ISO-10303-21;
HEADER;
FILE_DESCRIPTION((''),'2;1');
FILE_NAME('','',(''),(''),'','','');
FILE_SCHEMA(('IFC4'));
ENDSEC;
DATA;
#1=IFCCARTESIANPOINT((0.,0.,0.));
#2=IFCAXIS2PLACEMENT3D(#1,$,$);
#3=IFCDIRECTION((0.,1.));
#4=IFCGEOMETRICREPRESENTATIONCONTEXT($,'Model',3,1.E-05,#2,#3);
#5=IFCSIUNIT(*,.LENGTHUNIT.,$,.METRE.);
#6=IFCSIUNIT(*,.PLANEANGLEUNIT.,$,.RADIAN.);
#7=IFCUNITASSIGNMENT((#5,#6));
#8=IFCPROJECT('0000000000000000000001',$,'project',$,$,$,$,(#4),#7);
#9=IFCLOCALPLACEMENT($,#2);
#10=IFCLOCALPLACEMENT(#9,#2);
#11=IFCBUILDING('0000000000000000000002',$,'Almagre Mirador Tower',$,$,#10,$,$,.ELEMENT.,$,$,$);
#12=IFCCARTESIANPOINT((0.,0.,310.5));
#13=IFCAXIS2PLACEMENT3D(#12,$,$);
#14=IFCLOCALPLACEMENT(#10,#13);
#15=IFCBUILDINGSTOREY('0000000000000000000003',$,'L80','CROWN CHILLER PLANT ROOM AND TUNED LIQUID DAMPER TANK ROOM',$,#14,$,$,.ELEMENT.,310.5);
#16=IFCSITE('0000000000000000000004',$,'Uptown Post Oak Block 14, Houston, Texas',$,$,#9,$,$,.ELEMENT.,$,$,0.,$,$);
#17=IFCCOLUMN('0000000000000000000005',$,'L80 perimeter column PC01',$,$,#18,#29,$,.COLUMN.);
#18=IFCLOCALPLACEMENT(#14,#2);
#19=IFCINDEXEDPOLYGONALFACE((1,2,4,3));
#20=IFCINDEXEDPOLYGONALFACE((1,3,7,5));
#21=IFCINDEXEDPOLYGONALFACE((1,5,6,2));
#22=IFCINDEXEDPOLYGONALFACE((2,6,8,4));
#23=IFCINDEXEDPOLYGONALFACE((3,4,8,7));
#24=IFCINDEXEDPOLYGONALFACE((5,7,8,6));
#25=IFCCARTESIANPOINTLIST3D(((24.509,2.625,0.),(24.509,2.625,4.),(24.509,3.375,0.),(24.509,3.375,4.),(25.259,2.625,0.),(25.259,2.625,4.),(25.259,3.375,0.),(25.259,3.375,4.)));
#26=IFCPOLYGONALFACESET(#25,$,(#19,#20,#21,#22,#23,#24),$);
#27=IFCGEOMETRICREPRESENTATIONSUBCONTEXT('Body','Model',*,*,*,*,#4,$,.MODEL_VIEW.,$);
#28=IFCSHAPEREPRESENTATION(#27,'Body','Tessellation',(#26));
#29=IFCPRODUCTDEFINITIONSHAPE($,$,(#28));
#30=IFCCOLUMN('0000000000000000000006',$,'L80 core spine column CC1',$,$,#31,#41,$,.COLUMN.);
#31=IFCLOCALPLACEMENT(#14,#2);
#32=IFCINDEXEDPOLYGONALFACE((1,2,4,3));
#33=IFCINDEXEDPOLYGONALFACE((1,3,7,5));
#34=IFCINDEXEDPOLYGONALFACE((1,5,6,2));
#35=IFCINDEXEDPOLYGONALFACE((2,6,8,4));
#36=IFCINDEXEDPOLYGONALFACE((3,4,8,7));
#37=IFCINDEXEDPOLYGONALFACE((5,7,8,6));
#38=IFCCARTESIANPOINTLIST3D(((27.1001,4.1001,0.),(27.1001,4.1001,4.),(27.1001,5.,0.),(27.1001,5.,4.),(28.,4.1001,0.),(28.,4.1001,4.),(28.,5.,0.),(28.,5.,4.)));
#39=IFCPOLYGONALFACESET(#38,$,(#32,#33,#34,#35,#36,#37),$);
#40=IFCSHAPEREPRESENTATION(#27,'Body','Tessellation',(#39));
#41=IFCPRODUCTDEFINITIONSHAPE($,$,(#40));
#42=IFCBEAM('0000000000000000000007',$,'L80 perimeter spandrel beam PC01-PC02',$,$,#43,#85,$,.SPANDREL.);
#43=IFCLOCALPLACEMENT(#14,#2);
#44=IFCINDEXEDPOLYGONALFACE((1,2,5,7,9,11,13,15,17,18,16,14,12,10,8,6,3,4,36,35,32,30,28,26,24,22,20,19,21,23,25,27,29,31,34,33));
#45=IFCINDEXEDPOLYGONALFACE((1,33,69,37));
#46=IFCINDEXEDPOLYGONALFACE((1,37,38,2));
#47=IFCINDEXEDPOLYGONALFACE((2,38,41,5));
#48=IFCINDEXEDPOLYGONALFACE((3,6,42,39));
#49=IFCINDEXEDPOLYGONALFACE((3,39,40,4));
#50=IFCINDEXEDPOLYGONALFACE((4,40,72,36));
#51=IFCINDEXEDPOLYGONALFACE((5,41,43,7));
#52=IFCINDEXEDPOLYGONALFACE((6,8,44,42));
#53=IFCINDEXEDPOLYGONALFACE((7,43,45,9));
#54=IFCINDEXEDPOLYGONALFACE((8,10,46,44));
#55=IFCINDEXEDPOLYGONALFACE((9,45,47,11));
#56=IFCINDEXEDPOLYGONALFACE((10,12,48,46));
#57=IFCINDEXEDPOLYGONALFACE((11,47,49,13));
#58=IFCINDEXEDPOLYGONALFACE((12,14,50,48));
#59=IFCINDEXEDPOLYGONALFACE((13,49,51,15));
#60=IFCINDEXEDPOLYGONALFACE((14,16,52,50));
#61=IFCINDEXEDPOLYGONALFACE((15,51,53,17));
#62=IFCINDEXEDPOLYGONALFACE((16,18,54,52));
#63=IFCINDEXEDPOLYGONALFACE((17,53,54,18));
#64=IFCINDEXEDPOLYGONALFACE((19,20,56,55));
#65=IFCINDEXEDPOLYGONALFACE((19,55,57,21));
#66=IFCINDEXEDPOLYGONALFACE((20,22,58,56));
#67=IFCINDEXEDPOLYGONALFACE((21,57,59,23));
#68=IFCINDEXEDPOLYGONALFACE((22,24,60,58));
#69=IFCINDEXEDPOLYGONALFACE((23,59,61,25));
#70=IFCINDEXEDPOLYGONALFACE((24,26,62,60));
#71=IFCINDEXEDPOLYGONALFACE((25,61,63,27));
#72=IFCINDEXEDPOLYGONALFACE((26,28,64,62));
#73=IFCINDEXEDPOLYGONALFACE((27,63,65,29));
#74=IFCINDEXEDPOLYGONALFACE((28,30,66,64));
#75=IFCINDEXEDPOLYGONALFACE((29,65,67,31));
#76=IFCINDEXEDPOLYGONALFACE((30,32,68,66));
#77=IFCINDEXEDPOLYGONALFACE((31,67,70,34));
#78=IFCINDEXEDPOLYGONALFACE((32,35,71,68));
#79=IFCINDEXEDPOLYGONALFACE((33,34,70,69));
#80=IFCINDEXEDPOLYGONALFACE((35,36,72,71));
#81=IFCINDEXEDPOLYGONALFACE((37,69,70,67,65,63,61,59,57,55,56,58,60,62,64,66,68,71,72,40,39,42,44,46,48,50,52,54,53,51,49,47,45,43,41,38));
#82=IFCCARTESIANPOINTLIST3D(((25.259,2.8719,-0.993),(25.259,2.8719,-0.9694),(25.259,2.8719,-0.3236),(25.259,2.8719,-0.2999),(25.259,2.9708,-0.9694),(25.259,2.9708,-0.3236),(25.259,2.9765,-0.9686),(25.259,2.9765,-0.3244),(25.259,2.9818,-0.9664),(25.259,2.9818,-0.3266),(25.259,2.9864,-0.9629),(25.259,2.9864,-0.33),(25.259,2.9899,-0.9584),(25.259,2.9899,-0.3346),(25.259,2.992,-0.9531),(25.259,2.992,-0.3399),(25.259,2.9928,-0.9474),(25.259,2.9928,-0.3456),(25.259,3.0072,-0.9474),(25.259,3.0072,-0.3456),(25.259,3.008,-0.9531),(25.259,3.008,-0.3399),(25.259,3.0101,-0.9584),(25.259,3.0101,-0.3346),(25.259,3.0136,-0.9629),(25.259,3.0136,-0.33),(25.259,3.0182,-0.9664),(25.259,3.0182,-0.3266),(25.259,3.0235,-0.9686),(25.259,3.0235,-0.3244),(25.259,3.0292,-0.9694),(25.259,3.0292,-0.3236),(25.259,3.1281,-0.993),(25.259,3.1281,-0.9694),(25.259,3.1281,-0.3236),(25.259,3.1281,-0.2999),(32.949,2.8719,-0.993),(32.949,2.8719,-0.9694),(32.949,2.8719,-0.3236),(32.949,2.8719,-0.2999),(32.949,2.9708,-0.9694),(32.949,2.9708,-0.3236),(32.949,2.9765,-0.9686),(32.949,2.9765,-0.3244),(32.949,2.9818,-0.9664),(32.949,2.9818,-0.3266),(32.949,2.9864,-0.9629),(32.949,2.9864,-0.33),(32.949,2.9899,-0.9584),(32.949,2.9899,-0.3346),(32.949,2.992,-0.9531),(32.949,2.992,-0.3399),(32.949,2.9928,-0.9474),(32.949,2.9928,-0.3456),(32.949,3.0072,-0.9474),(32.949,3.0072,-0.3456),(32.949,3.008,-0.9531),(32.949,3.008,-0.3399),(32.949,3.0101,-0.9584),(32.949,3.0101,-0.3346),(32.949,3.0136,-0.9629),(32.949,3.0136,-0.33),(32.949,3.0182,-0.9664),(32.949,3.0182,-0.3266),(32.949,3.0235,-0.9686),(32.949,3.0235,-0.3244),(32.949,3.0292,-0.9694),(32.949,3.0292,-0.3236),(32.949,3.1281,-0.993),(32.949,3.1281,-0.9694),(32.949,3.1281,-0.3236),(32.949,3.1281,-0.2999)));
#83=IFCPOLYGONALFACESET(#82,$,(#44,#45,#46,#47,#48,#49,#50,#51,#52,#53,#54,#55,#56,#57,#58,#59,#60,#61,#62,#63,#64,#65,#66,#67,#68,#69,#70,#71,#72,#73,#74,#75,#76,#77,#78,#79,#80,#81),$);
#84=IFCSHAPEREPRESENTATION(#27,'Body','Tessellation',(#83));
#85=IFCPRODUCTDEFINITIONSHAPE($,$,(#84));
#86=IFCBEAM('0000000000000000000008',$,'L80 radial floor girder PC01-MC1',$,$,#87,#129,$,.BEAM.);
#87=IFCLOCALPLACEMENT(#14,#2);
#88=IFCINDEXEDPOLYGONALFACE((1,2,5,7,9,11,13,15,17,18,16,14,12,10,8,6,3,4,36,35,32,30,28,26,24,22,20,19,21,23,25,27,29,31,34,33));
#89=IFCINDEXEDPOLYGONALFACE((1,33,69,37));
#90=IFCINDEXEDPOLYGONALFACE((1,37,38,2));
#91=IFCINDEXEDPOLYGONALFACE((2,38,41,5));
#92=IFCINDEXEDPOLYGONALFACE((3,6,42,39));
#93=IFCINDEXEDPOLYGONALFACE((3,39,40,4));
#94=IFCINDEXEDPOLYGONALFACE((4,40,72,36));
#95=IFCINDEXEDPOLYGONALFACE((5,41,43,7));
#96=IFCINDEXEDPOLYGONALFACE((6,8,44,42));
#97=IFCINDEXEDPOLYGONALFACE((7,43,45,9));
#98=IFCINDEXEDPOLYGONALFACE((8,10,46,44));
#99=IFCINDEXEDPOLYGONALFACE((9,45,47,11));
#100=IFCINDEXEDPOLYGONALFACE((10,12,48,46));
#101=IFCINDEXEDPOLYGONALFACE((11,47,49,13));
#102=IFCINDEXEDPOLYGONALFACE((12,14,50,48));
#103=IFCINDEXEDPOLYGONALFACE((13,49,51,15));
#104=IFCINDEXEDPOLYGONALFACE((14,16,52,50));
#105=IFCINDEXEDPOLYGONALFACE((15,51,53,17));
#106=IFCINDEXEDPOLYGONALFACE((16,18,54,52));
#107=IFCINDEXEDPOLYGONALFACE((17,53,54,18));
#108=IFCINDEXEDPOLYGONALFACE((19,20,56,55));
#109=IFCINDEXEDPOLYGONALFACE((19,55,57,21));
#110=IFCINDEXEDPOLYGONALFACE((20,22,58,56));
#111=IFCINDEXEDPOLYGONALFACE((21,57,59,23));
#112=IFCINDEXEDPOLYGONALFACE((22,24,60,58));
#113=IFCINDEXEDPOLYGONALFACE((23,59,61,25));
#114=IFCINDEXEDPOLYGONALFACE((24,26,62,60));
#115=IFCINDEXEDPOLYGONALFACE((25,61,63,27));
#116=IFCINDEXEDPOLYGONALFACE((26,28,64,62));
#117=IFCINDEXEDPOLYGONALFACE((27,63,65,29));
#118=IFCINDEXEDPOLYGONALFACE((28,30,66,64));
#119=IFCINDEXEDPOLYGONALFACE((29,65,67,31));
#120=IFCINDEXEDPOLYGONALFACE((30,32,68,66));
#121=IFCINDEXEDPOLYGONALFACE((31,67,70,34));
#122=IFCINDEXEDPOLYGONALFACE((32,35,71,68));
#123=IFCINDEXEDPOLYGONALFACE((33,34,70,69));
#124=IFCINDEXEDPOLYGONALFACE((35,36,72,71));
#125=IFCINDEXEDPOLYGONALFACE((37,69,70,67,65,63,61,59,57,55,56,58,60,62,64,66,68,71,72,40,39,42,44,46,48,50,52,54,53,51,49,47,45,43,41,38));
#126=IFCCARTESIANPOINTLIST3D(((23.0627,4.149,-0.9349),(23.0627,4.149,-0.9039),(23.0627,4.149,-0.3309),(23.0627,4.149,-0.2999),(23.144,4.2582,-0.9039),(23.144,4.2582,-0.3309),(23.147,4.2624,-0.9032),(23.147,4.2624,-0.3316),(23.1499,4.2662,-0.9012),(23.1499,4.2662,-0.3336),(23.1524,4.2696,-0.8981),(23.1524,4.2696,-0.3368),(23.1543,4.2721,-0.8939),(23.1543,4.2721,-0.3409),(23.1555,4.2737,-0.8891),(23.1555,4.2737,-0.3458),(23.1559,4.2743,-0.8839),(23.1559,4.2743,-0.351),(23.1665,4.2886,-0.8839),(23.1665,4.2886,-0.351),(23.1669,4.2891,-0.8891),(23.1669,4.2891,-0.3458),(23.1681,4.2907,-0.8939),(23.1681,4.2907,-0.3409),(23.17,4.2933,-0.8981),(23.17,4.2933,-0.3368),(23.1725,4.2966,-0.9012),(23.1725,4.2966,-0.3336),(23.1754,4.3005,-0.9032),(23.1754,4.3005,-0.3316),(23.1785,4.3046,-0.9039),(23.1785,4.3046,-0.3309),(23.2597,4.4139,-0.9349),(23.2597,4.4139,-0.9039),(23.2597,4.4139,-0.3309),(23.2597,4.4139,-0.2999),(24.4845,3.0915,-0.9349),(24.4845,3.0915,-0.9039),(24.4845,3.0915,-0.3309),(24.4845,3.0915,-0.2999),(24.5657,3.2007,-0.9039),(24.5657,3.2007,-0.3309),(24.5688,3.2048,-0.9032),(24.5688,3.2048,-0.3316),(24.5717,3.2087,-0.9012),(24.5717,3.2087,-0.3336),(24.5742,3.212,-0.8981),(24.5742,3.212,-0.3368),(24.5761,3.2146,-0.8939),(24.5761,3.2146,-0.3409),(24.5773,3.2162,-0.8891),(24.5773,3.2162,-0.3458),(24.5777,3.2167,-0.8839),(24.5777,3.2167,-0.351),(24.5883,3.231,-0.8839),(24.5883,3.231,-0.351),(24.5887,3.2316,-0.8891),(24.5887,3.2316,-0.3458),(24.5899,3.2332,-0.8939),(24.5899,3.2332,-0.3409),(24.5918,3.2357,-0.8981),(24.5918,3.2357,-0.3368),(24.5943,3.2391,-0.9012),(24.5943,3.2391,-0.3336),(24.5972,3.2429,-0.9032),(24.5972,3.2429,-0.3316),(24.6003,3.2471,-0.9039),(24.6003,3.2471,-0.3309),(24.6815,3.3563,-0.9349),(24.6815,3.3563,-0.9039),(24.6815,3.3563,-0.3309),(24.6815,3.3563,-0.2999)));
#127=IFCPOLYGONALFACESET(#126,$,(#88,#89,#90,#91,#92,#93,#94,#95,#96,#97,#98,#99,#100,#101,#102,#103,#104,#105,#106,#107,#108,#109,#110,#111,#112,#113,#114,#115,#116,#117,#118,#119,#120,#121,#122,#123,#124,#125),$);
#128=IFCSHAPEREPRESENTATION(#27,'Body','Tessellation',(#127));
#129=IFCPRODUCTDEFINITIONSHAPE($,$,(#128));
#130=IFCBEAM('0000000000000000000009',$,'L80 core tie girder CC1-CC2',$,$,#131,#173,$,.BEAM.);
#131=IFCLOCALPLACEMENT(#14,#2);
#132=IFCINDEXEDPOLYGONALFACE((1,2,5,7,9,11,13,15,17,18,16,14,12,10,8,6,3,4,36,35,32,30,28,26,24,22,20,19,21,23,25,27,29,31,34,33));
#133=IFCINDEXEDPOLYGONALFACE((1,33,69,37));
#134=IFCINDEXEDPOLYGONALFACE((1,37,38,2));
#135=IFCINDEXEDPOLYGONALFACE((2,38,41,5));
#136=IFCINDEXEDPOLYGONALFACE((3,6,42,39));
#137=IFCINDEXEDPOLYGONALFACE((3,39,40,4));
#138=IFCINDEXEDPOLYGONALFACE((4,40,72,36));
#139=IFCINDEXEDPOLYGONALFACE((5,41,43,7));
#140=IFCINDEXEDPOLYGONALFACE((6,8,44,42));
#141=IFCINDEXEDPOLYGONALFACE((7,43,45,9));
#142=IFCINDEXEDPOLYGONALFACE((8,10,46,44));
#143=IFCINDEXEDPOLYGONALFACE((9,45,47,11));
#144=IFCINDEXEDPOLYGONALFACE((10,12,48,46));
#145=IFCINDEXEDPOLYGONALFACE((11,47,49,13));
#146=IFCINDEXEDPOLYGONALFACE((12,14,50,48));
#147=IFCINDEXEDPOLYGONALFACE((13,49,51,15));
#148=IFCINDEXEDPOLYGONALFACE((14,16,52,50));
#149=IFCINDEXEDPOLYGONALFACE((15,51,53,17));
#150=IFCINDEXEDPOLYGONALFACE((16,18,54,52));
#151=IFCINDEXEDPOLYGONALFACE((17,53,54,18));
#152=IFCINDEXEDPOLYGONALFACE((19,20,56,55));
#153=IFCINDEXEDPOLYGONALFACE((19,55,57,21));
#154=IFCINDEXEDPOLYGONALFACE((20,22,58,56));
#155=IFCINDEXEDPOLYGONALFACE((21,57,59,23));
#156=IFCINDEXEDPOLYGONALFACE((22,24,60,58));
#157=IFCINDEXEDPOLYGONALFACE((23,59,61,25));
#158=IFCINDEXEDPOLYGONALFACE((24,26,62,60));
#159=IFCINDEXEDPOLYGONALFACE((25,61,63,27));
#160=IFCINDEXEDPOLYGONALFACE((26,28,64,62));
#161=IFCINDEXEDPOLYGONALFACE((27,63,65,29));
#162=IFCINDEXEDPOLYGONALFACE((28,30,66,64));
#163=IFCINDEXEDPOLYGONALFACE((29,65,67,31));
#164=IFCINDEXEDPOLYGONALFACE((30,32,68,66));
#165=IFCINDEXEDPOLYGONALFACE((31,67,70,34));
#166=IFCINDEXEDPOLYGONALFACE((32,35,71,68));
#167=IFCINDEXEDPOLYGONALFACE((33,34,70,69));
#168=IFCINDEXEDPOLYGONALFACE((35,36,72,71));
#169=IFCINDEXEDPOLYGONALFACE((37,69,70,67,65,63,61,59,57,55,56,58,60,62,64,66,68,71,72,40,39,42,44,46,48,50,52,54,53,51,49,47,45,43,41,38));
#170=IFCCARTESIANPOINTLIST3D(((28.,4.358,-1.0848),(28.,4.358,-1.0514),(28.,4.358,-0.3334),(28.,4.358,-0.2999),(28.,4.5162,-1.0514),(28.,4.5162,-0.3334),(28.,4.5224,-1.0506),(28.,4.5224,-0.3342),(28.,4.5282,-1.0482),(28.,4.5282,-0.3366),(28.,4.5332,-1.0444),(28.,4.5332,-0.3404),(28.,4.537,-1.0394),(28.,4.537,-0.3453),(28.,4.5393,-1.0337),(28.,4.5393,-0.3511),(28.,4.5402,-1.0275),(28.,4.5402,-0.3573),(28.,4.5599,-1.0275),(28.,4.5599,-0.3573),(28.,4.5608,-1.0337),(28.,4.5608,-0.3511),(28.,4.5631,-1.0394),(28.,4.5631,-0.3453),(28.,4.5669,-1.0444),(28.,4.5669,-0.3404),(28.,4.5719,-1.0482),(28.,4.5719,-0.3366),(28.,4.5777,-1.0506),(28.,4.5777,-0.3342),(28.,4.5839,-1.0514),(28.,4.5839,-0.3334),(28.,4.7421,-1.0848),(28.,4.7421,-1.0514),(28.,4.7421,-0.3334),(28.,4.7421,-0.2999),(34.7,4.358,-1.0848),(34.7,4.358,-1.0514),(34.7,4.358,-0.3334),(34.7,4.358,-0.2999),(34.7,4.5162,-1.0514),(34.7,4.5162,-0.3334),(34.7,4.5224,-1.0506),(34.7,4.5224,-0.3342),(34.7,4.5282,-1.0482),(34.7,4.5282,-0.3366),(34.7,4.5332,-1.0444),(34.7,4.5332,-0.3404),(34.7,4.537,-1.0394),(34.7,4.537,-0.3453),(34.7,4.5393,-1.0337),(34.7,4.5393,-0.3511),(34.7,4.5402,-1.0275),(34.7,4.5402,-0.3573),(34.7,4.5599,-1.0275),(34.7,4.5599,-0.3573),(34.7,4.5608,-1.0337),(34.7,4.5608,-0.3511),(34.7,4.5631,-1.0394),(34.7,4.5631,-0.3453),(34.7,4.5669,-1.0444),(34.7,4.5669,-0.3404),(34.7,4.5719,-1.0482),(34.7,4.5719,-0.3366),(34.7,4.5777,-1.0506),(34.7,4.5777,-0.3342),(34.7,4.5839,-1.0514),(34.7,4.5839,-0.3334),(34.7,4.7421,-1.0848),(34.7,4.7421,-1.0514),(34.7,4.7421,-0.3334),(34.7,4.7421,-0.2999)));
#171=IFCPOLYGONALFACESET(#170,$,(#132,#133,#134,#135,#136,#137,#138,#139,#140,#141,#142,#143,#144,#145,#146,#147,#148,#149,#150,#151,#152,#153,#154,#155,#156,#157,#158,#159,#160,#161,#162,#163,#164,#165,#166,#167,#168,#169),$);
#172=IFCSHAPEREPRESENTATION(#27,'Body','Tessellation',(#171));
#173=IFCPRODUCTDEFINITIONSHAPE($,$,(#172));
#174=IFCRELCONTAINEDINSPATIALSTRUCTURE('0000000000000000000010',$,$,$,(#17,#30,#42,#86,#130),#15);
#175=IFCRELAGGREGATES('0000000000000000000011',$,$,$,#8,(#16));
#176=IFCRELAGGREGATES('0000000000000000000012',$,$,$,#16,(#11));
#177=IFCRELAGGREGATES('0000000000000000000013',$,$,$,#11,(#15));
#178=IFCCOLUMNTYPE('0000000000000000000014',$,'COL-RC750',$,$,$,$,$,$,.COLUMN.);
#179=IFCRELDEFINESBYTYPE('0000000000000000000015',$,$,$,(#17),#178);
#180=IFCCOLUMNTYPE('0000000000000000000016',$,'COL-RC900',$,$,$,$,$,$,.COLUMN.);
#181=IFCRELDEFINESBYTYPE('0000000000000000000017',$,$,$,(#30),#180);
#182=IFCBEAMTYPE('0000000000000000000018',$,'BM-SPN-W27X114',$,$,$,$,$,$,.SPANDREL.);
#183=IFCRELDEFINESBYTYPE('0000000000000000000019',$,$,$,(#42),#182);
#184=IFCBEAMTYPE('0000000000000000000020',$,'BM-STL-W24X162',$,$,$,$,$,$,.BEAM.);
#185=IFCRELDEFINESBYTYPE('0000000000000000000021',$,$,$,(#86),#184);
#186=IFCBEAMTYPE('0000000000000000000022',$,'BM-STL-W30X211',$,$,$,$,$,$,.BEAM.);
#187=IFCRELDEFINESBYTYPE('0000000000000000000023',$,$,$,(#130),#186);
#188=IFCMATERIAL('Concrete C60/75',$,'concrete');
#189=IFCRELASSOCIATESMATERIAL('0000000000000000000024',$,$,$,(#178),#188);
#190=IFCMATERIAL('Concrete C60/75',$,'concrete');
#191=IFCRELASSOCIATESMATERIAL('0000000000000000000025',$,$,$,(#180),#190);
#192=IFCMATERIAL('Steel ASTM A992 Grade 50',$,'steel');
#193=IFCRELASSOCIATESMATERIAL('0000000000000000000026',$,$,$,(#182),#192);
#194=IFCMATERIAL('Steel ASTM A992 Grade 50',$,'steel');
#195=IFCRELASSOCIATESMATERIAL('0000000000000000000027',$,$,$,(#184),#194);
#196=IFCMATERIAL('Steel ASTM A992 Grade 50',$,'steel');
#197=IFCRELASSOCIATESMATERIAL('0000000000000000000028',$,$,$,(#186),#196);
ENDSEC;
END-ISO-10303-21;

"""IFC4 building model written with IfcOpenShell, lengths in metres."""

from ifc_helpers import new_model, si_unit, direction, frame, origin, origin_2d, place, context, subcontext, project, spatial, rectangle, i_section, extrude, material, material_profile, profile_set, type_object, element, save


model = new_model("IFC4")

# Units and contexts
model_context = context("Model", 3, precision=1e-05, world=origin(), true_north=direction((0.0, 1.0)))
body_context = subcontext(model_context, "Body", "Model", "MODEL_VIEW")
ifc_project = project(units=[si_unit("LENGTHUNIT", "METRE"), si_unit("PLANEANGLEUNIT", "RADIAN")], contexts=[model_context])

# Site, building, storey
site_placement = place(None, origin())
site = spatial("IfcSite", under=ifc_project, at=site_placement, Name="Uptown Post Oak Block 14, Houston, Texas", CompositionType="ELEMENT", RefElevation=0.0)
building_placement = place(site_placement, origin())
building = spatial("IfcBuilding", under=site, at=building_placement, Name="Almagre Mirador Tower", CompositionType="ELEMENT")
storey_placement = place(building_placement, frame((0.0, 0.0, 310.5)))
storey = spatial("IfcBuildingStorey", under=building, at=storey_placement, Name="L80", Description="CROWN CHILLER PLANT ROOM AND TUNED LIQUID DAMPER TANK ROOM", CompositionType="ELEMENT", Elevation=310.5)

# Columns
ifc_material_1 = material(Name="Concrete C60/75", Category="concrete")
ifc_material_profile_1 = material_profile(ifc_material_1, rectangle(XDim=0.75, YDim=0.75, at=origin_2d()), Name="RC750X750")
ifc_profile_set_1 = profile_set([ifc_material_profile_1], Name="Concrete C60/75")
column_type_1 = type_object("IfcColumnType", Name="COL-RC750", PredefinedType="COLUMN", material=ifc_profile_set_1)
column_1_placement = place(storey_placement, frame((24.884, 3.0, 0.0), z_axis=(0.0, 0.0, 1.0), x_axis=(1.0, 0.0, 0.0)))
element("IfcColumn", 1, at=column_1_placement, inside=storey, type_object=column_type_1, Name="L80 perimeter column PC01", PredefinedType="COLUMN", context=body_context, shape_type="SweptSolid", body=[
    extrude(rectangle(XDim=0.75, YDim=0.75, at=origin_2d()), origin(), (0.0, 0.0, 1.0), 4.0),
])
ifc_material_2 = material(Name="Concrete C60/75", Category="concrete")
ifc_material_profile_2 = material_profile(ifc_material_2, rectangle(XDim=0.8999, YDim=0.8999, at=origin_2d()), Name="RC900X900")
ifc_profile_set_2 = profile_set([ifc_material_profile_2], Name="Concrete C60/75")
column_type_2 = type_object("IfcColumnType", Name="COL-RC900", PredefinedType="COLUMN", material=ifc_profile_set_2)
column_2_placement = place(storey_placement, frame((27.55, 4.55, 0.0), z_axis=(0.0, 0.0, 1.0), x_axis=(1.0, 0.0, 0.0)))
element("IfcColumn", 2, at=column_2_placement, inside=storey, type_object=column_type_2, Name="L80 core spine column CC1", PredefinedType="COLUMN", context=body_context, shape_type="SweptSolid", body=[
    extrude(rectangle(XDim=0.8999, YDim=0.8999, at=origin_2d()), origin(), (0.0, 0.0, 1.0), 4.0),
])

# Beams
ifc_material_3 = material(Name="Steel ASTM A992 Grade 50", Category="steel")
ifc_material_profile_3 = material_profile(ifc_material_3, i_section(OverallWidth=0.2561, OverallDepth=0.6931, WebThickness=0.0144, FlangeThickness=0.0237, FilletRadius=0.022, at=origin_2d()), Name="W27X114")
ifc_profile_set_3 = profile_set([ifc_material_profile_3], Name="Steel ASTM A992 Grade 50")
beam_type_1 = type_object("IfcBeamType", Name="BM-SPN-W27X114", PredefinedType="SPANDREL", material=ifc_profile_set_3)
beam_1_placement = place(storey_placement, frame((25.259, 3.0, -0.6465), z_axis=(1.0, 0.0, 0.0), x_axis=(0.0, 1.0, 0.0)))
element("IfcBeam", 3, at=beam_1_placement, inside=storey, type_object=beam_type_1, Name="L80 perimeter spandrel beam PC01-PC02", PredefinedType="SPANDREL", context=body_context, shape_type="SweptSolid", body=[
    extrude(i_section(OverallWidth=0.2561, OverallDepth=0.6931, WebThickness=0.0144, FlangeThickness=0.0237, FilletRadius=0.022, at=origin_2d()), origin(), (0.0, 0.0, 1.0), 7.6899),
])
ifc_material_4 = material(Name="Steel ASTM A992 Grade 50", Category="steel")
ifc_material_profile_4 = material_profile(ifc_material_4, i_section(OverallWidth=0.3301, OverallDepth=0.635, WebThickness=0.0178, FlangeThickness=0.031, FilletRadius=0.02, at=origin_2d()), Name="W24X162")
ifc_profile_set_4 = profile_set([ifc_material_profile_4], Name="Steel ASTM A992 Grade 50")
beam_type_2 = type_object("IfcBeamType", Name="BM-STL-W24X162", PredefinedType="BEAM", material=ifc_profile_set_4)
beam_2_placement = place(storey_placement, frame((24.583, 3.2239, -0.6174), z_axis=(-0.802374, 0.596821, 0.0), x_axis=(-0.596821, -0.802374, 0.0)))
element("IfcBeam", 4, at=beam_2_placement, inside=storey, type_object=beam_type_2, Name="L80 radial floor girder PC01-MC1", PredefinedType="BEAM", context=body_context, shape_type="SweptSolid", body=[
    extrude(i_section(OverallWidth=0.3301, OverallDepth=0.635, WebThickness=0.0178, FlangeThickness=0.031, FilletRadius=0.02, at=origin_2d()), origin(), (0.0, 0.0, 1.0), 1.772),
])
ifc_material_5 = material(Name="Steel ASTM A992 Grade 50", Category="steel")
ifc_material_profile_5 = material_profile(ifc_material_5, i_section(OverallWidth=0.384, OverallDepth=0.7849, WebThickness=0.0198, FlangeThickness=0.0334, FilletRadius=0.0239, at=origin_2d()), Name="W30X211")
ifc_profile_set_5 = profile_set([ifc_material_profile_5], Name="Steel ASTM A992 Grade 50")
beam_type_3 = type_object("IfcBeamType", Name="BM-STL-W30X211", PredefinedType="BEAM", material=ifc_profile_set_5)
beam_3_placement = place(storey_placement, frame((28.0, 4.55, -0.6924), z_axis=(1.0, 0.0, 0.0), x_axis=(0.0, 1.0, 0.0)))
element("IfcBeam", 5, at=beam_3_placement, inside=storey, type_object=beam_type_3, Name="L80 core tie girder CC1-CC2", PredefinedType="BEAM", context=body_context, shape_type="SweptSolid", body=[
    extrude(i_section(OverallWidth=0.384, OverallDepth=0.7849, WebThickness=0.0198, FlangeThickness=0.0334, FilletRadius=0.0239, at=origin_2d()), origin(), (0.0, 0.0, 1.0), 6.7),
])

save(model, "model.ifc")
